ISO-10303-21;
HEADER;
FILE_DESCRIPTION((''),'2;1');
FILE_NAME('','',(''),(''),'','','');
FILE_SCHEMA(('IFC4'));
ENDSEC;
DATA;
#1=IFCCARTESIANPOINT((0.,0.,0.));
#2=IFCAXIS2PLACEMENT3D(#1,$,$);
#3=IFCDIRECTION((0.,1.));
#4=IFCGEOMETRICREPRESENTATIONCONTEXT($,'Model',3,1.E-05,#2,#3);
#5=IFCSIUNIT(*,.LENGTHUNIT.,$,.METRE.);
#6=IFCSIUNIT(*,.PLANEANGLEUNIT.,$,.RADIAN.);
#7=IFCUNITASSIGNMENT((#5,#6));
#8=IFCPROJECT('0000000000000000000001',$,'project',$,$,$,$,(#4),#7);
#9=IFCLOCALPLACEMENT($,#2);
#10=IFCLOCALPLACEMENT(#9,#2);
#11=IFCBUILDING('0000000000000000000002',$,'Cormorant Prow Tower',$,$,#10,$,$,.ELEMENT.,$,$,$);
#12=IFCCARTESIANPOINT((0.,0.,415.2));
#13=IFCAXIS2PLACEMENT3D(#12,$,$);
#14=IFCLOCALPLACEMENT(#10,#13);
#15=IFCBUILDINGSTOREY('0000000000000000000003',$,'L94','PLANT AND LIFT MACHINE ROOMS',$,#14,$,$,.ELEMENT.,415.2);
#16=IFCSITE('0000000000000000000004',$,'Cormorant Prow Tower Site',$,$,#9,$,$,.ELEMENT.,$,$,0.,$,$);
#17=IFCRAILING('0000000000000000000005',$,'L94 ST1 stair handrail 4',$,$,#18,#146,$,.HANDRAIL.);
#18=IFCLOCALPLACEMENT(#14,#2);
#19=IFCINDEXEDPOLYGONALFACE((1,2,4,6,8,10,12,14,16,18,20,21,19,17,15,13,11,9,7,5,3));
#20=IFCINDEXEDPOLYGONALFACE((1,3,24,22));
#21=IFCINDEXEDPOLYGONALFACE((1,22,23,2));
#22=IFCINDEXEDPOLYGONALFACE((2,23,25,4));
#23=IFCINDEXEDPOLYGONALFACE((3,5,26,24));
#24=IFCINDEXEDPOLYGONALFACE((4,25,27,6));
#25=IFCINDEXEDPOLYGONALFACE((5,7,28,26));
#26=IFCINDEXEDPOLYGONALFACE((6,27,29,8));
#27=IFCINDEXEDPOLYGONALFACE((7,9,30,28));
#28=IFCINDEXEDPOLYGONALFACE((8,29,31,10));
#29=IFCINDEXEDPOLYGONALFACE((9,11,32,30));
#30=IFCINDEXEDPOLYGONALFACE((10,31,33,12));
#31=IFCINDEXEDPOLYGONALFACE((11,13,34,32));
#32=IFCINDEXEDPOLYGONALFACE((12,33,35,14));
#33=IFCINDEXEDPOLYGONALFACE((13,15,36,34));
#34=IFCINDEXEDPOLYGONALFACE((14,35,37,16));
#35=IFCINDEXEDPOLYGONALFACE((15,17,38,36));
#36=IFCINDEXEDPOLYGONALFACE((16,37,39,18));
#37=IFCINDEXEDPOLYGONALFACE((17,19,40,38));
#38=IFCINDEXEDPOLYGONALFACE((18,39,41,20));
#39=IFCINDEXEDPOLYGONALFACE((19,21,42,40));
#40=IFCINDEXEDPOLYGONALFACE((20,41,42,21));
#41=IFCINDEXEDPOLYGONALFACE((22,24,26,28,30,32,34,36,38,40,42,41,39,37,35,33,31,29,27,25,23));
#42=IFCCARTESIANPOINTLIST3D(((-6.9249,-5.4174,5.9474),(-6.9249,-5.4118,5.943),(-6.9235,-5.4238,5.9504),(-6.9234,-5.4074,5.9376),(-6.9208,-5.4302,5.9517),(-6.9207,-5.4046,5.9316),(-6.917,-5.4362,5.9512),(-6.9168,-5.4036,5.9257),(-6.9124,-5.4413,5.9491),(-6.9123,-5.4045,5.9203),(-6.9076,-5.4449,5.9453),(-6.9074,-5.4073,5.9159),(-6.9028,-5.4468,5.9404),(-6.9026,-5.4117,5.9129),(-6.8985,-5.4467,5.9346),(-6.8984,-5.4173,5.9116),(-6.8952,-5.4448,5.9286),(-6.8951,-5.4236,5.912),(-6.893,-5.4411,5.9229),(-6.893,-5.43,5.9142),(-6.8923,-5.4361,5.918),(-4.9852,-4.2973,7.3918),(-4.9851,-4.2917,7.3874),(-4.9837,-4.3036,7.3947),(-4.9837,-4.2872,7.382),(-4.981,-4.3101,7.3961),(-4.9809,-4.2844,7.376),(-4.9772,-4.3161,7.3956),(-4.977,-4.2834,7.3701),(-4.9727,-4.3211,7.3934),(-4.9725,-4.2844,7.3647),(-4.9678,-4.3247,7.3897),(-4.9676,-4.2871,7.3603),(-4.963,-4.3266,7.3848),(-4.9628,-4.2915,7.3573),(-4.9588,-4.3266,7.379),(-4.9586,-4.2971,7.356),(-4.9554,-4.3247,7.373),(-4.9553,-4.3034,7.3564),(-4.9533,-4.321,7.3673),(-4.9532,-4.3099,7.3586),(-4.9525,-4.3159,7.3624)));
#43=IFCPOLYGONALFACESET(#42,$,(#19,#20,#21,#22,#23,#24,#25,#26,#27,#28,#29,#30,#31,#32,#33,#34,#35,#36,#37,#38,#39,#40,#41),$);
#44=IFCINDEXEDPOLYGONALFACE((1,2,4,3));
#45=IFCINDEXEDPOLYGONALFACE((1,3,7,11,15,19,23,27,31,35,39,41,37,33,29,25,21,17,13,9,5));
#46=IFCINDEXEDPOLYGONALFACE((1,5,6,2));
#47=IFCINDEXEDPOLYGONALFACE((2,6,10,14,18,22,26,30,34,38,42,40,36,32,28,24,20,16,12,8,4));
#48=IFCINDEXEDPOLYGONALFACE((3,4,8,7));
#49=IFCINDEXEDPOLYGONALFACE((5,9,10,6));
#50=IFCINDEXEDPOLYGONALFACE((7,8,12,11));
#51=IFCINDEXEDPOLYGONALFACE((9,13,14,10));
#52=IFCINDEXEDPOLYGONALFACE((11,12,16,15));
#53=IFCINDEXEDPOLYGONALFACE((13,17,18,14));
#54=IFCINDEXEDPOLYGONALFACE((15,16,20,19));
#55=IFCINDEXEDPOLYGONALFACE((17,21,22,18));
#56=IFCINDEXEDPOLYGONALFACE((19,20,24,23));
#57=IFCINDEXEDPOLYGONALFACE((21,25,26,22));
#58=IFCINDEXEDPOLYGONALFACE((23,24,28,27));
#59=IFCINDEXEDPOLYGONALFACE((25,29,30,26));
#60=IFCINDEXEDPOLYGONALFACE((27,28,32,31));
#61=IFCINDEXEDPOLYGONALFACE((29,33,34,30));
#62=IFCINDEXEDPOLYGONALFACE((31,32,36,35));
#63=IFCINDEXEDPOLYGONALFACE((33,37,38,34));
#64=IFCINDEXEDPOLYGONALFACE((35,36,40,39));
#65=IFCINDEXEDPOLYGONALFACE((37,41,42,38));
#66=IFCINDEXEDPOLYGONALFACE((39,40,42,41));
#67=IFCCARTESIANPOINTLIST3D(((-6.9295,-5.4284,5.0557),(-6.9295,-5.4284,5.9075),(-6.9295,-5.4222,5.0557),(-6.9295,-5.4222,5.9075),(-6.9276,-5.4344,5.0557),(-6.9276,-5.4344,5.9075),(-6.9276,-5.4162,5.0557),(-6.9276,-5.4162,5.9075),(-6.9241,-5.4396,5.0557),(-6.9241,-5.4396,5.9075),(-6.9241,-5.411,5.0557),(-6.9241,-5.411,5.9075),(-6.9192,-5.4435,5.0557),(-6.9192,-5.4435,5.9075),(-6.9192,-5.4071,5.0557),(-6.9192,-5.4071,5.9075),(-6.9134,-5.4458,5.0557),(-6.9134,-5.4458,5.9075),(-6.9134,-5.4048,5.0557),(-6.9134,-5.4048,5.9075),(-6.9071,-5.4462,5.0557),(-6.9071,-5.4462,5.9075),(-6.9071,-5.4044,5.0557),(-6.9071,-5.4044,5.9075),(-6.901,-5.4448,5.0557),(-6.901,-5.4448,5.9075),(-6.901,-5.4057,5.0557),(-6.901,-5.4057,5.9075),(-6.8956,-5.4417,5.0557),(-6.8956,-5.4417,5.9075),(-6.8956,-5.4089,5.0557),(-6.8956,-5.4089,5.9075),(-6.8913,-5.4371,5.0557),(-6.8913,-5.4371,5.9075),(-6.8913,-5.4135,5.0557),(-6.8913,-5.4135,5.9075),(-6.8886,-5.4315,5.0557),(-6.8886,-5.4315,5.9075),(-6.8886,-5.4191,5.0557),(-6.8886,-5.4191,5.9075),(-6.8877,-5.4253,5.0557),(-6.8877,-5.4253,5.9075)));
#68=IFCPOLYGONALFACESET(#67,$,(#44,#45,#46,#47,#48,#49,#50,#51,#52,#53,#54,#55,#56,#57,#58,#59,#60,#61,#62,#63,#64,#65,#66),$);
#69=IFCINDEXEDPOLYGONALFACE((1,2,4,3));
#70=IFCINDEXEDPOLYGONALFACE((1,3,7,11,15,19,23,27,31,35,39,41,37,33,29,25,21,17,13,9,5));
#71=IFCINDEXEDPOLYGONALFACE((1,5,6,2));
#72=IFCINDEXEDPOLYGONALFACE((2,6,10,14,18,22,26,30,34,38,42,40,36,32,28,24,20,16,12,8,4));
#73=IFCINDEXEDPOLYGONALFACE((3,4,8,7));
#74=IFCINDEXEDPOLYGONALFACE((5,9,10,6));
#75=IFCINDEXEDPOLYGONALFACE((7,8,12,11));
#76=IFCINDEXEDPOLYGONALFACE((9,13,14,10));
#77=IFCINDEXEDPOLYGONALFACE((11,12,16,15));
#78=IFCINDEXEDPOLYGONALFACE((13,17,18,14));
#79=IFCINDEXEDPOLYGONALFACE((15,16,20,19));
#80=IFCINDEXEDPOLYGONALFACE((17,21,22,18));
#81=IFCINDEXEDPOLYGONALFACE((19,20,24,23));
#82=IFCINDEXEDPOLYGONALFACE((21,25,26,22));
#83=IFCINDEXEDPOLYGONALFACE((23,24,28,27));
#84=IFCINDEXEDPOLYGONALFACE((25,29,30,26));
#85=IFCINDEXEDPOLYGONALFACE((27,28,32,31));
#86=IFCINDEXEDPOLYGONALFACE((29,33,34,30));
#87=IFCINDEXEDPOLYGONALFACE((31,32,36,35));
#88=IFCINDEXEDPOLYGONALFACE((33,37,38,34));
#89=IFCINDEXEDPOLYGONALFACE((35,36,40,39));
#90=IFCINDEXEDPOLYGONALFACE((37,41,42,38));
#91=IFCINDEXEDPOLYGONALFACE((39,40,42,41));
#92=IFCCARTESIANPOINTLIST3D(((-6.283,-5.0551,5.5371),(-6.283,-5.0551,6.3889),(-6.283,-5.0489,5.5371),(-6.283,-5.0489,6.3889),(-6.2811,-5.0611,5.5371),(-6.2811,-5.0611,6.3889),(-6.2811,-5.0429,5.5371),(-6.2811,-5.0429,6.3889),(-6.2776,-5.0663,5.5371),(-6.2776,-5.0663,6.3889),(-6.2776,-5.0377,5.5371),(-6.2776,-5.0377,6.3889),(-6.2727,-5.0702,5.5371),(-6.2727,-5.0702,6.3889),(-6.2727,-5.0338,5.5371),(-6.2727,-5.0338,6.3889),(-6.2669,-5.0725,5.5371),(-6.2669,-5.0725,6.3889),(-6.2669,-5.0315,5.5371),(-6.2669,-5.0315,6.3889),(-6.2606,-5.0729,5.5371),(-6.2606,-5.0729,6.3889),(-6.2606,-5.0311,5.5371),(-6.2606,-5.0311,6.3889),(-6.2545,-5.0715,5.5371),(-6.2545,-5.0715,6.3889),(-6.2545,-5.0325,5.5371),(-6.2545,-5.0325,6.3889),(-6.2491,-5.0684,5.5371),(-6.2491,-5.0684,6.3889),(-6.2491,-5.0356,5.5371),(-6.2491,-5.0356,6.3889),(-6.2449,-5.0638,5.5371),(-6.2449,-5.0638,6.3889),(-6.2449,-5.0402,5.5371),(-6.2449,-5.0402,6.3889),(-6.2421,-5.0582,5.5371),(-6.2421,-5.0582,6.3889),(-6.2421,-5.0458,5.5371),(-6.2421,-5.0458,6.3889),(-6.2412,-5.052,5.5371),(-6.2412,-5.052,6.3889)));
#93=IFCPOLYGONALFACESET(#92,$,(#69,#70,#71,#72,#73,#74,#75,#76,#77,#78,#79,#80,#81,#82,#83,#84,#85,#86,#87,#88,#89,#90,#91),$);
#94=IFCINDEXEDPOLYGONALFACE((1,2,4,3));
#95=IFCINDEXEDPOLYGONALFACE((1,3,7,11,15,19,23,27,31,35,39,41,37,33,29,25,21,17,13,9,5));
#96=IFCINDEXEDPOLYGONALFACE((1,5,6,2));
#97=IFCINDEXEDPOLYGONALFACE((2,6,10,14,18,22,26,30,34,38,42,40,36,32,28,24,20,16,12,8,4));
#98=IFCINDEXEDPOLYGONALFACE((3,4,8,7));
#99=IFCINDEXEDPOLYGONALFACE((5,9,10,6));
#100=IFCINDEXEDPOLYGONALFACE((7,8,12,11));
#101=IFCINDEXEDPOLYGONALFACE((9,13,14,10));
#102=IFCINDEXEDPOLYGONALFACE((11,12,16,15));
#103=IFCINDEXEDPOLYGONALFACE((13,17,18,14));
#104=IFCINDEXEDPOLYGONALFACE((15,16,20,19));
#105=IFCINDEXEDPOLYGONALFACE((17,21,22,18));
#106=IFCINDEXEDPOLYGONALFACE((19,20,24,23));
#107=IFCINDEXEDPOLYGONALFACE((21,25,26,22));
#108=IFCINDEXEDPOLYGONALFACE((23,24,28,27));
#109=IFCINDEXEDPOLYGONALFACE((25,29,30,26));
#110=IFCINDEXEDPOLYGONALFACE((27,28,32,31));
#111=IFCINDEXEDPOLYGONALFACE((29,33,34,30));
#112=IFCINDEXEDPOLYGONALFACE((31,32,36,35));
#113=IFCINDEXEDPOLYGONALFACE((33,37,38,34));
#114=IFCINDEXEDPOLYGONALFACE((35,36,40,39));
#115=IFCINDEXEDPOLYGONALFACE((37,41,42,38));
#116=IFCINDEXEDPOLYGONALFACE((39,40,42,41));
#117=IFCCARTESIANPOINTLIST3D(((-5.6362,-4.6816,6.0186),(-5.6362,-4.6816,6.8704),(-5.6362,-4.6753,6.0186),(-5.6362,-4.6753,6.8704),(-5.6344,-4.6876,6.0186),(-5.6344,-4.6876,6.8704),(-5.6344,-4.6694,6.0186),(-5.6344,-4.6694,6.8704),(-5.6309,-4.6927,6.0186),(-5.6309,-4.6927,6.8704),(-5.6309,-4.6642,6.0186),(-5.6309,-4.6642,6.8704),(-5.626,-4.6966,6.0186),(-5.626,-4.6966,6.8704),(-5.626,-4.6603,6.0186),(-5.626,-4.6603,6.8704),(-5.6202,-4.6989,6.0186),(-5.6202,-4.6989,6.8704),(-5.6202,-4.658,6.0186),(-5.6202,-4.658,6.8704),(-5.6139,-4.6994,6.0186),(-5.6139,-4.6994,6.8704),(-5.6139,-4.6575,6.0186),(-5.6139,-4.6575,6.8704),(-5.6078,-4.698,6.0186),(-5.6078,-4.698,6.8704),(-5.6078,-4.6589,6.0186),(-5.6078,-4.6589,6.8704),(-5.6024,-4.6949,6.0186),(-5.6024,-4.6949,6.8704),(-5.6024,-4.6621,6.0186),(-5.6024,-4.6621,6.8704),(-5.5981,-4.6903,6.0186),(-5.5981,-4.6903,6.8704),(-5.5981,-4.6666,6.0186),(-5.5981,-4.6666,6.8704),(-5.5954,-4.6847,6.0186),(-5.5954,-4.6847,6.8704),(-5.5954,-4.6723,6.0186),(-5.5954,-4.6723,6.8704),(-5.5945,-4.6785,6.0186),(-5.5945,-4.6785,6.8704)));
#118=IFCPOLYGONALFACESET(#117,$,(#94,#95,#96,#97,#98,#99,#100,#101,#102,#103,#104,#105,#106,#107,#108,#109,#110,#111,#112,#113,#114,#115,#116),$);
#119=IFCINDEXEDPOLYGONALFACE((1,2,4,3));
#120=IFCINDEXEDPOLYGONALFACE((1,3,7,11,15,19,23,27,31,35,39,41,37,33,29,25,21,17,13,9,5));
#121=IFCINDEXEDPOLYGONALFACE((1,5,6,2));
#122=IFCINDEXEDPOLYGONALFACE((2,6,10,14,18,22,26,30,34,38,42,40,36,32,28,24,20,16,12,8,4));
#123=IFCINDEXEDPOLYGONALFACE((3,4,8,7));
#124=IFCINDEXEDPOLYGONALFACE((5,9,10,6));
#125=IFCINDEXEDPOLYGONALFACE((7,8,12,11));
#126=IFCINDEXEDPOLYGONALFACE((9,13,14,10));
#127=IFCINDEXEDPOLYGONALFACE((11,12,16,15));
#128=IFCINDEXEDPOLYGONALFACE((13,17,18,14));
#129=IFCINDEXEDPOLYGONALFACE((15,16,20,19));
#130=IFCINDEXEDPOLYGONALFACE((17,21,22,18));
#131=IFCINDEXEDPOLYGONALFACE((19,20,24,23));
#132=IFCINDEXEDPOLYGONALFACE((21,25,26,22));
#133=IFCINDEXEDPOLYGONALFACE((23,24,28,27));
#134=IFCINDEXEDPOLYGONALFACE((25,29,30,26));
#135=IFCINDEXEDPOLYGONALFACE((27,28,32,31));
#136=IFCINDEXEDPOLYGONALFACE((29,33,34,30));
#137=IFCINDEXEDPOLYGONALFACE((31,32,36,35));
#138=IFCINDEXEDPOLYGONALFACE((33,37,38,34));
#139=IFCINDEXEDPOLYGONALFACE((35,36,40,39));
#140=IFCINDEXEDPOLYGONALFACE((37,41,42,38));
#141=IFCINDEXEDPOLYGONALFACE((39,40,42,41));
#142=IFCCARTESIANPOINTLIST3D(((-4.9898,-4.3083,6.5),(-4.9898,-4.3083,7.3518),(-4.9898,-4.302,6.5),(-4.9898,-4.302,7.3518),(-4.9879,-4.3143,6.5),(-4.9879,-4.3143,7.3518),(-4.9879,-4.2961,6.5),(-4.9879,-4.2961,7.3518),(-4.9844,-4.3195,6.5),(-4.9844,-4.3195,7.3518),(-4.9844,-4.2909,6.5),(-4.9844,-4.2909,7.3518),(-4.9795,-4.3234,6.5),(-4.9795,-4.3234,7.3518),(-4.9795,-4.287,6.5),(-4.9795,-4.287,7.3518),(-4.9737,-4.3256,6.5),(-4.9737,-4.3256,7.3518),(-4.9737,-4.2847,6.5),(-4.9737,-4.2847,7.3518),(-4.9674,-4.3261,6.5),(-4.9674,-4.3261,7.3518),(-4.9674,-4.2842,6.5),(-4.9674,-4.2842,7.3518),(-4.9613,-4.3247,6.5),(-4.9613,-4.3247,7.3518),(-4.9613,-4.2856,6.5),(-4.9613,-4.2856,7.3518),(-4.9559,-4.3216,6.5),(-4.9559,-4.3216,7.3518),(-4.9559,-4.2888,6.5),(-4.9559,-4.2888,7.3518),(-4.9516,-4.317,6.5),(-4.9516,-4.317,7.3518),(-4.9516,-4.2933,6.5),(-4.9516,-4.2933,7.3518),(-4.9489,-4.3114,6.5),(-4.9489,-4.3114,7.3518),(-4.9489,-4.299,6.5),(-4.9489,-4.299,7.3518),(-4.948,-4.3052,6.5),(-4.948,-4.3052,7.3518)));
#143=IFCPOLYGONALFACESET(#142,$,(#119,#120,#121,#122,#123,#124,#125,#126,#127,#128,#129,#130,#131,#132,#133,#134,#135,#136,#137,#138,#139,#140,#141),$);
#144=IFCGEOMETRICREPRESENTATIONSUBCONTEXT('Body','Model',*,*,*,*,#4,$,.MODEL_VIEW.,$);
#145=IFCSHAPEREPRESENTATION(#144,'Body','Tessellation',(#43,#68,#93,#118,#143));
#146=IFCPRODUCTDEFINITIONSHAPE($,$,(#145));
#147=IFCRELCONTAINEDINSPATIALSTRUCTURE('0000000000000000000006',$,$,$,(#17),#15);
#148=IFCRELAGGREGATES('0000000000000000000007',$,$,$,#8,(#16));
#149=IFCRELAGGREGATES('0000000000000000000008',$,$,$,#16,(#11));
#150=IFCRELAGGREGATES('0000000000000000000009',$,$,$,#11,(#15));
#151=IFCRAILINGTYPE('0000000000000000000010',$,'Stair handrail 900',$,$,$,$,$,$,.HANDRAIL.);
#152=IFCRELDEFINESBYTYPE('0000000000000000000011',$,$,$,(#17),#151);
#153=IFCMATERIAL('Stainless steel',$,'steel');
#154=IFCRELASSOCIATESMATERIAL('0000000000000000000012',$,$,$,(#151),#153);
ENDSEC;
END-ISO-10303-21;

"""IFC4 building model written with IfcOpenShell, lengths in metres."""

from ifc_helpers import new_model, si_unit, direction, frame, origin, origin_2d, place, context, subcontext, project, spatial, circle, extrude, material, type_object, element, save


model = new_model("IFC4")

# Units and contexts
model_context = context("Model", 3, precision=1e-05, world=origin(), true_north=direction((0.0, 1.0)))
body_context = subcontext(model_context, "Body", "Model", "MODEL_VIEW")
ifc_project = project(units=[si_unit("LENGTHUNIT", "METRE"), si_unit("PLANEANGLEUNIT", "RADIAN")], contexts=[model_context])

# Site, building, storey
site_placement = place(None, origin())
site = spatial("IfcSite", under=ifc_project, at=site_placement, Name="Cormorant Prow Tower Site", CompositionType="ELEMENT", RefElevation=0.0)
building_placement = place(site_placement, origin())
building = spatial("IfcBuilding", under=site, at=building_placement, Name="Cormorant Prow Tower", CompositionType="ELEMENT")
storey_placement = place(building_placement, frame((0.0, 0.0, 415.2)))
storey = spatial("IfcBuildingStorey", under=building, at=storey_placement, Name="L94", Description="PLANT AND LIFT MACHINE ROOMS", CompositionType="ELEMENT", Elevation=415.2)

# Railing
ifc_material_1 = material(Name="Stainless steel", Category="steel")
railing_type_1 = type_object("IfcRailingType", Name="Stair handrail 900", PredefinedType="HANDRAIL", material=ifc_material_1)
railing_1_placement = place(storey_placement, frame((-6.9087, -5.4253, 5.0557)))
element("IfcRailing", 1, at=railing_1_placement, inside=storey, type_object=railing_type_1, Name="L94 ST1 stair handrail 4", PredefinedType="HANDRAIL", context=body_context, shape_type="SweptSolid", body=[
    extrude(circle(Radius=0.0239, at=origin_2d()), frame((0.0, 0.0, 0.876), z_axis=(0.727792, 0.420278, 0.541928), x_axis=(-0.500078, 0.86598, 0.0)), (0.0, 0.0, 1.0), 2.6653),
    extrude(circle(Radius=0.021, at=origin_2d()), origin(), (0.0, 0.0, 1.0), 0.8518),
    extrude(circle(Radius=0.021, at=origin_2d()), frame((0.6465, 0.3733, 0.4814)), (0.0, 0.0, 1.0), 0.8518),
    extrude(circle(Radius=0.021, at=origin_2d()), frame((1.2932, 0.7468, 0.9629)), (0.0, 0.0, 1.0), 0.8518),
    extrude(circle(Radius=0.021, at=origin_2d()), frame((1.9397, 1.1201, 1.4443)), (0.0, 0.0, 1.0), 0.8518),
])

save(model, "model.ifc")
